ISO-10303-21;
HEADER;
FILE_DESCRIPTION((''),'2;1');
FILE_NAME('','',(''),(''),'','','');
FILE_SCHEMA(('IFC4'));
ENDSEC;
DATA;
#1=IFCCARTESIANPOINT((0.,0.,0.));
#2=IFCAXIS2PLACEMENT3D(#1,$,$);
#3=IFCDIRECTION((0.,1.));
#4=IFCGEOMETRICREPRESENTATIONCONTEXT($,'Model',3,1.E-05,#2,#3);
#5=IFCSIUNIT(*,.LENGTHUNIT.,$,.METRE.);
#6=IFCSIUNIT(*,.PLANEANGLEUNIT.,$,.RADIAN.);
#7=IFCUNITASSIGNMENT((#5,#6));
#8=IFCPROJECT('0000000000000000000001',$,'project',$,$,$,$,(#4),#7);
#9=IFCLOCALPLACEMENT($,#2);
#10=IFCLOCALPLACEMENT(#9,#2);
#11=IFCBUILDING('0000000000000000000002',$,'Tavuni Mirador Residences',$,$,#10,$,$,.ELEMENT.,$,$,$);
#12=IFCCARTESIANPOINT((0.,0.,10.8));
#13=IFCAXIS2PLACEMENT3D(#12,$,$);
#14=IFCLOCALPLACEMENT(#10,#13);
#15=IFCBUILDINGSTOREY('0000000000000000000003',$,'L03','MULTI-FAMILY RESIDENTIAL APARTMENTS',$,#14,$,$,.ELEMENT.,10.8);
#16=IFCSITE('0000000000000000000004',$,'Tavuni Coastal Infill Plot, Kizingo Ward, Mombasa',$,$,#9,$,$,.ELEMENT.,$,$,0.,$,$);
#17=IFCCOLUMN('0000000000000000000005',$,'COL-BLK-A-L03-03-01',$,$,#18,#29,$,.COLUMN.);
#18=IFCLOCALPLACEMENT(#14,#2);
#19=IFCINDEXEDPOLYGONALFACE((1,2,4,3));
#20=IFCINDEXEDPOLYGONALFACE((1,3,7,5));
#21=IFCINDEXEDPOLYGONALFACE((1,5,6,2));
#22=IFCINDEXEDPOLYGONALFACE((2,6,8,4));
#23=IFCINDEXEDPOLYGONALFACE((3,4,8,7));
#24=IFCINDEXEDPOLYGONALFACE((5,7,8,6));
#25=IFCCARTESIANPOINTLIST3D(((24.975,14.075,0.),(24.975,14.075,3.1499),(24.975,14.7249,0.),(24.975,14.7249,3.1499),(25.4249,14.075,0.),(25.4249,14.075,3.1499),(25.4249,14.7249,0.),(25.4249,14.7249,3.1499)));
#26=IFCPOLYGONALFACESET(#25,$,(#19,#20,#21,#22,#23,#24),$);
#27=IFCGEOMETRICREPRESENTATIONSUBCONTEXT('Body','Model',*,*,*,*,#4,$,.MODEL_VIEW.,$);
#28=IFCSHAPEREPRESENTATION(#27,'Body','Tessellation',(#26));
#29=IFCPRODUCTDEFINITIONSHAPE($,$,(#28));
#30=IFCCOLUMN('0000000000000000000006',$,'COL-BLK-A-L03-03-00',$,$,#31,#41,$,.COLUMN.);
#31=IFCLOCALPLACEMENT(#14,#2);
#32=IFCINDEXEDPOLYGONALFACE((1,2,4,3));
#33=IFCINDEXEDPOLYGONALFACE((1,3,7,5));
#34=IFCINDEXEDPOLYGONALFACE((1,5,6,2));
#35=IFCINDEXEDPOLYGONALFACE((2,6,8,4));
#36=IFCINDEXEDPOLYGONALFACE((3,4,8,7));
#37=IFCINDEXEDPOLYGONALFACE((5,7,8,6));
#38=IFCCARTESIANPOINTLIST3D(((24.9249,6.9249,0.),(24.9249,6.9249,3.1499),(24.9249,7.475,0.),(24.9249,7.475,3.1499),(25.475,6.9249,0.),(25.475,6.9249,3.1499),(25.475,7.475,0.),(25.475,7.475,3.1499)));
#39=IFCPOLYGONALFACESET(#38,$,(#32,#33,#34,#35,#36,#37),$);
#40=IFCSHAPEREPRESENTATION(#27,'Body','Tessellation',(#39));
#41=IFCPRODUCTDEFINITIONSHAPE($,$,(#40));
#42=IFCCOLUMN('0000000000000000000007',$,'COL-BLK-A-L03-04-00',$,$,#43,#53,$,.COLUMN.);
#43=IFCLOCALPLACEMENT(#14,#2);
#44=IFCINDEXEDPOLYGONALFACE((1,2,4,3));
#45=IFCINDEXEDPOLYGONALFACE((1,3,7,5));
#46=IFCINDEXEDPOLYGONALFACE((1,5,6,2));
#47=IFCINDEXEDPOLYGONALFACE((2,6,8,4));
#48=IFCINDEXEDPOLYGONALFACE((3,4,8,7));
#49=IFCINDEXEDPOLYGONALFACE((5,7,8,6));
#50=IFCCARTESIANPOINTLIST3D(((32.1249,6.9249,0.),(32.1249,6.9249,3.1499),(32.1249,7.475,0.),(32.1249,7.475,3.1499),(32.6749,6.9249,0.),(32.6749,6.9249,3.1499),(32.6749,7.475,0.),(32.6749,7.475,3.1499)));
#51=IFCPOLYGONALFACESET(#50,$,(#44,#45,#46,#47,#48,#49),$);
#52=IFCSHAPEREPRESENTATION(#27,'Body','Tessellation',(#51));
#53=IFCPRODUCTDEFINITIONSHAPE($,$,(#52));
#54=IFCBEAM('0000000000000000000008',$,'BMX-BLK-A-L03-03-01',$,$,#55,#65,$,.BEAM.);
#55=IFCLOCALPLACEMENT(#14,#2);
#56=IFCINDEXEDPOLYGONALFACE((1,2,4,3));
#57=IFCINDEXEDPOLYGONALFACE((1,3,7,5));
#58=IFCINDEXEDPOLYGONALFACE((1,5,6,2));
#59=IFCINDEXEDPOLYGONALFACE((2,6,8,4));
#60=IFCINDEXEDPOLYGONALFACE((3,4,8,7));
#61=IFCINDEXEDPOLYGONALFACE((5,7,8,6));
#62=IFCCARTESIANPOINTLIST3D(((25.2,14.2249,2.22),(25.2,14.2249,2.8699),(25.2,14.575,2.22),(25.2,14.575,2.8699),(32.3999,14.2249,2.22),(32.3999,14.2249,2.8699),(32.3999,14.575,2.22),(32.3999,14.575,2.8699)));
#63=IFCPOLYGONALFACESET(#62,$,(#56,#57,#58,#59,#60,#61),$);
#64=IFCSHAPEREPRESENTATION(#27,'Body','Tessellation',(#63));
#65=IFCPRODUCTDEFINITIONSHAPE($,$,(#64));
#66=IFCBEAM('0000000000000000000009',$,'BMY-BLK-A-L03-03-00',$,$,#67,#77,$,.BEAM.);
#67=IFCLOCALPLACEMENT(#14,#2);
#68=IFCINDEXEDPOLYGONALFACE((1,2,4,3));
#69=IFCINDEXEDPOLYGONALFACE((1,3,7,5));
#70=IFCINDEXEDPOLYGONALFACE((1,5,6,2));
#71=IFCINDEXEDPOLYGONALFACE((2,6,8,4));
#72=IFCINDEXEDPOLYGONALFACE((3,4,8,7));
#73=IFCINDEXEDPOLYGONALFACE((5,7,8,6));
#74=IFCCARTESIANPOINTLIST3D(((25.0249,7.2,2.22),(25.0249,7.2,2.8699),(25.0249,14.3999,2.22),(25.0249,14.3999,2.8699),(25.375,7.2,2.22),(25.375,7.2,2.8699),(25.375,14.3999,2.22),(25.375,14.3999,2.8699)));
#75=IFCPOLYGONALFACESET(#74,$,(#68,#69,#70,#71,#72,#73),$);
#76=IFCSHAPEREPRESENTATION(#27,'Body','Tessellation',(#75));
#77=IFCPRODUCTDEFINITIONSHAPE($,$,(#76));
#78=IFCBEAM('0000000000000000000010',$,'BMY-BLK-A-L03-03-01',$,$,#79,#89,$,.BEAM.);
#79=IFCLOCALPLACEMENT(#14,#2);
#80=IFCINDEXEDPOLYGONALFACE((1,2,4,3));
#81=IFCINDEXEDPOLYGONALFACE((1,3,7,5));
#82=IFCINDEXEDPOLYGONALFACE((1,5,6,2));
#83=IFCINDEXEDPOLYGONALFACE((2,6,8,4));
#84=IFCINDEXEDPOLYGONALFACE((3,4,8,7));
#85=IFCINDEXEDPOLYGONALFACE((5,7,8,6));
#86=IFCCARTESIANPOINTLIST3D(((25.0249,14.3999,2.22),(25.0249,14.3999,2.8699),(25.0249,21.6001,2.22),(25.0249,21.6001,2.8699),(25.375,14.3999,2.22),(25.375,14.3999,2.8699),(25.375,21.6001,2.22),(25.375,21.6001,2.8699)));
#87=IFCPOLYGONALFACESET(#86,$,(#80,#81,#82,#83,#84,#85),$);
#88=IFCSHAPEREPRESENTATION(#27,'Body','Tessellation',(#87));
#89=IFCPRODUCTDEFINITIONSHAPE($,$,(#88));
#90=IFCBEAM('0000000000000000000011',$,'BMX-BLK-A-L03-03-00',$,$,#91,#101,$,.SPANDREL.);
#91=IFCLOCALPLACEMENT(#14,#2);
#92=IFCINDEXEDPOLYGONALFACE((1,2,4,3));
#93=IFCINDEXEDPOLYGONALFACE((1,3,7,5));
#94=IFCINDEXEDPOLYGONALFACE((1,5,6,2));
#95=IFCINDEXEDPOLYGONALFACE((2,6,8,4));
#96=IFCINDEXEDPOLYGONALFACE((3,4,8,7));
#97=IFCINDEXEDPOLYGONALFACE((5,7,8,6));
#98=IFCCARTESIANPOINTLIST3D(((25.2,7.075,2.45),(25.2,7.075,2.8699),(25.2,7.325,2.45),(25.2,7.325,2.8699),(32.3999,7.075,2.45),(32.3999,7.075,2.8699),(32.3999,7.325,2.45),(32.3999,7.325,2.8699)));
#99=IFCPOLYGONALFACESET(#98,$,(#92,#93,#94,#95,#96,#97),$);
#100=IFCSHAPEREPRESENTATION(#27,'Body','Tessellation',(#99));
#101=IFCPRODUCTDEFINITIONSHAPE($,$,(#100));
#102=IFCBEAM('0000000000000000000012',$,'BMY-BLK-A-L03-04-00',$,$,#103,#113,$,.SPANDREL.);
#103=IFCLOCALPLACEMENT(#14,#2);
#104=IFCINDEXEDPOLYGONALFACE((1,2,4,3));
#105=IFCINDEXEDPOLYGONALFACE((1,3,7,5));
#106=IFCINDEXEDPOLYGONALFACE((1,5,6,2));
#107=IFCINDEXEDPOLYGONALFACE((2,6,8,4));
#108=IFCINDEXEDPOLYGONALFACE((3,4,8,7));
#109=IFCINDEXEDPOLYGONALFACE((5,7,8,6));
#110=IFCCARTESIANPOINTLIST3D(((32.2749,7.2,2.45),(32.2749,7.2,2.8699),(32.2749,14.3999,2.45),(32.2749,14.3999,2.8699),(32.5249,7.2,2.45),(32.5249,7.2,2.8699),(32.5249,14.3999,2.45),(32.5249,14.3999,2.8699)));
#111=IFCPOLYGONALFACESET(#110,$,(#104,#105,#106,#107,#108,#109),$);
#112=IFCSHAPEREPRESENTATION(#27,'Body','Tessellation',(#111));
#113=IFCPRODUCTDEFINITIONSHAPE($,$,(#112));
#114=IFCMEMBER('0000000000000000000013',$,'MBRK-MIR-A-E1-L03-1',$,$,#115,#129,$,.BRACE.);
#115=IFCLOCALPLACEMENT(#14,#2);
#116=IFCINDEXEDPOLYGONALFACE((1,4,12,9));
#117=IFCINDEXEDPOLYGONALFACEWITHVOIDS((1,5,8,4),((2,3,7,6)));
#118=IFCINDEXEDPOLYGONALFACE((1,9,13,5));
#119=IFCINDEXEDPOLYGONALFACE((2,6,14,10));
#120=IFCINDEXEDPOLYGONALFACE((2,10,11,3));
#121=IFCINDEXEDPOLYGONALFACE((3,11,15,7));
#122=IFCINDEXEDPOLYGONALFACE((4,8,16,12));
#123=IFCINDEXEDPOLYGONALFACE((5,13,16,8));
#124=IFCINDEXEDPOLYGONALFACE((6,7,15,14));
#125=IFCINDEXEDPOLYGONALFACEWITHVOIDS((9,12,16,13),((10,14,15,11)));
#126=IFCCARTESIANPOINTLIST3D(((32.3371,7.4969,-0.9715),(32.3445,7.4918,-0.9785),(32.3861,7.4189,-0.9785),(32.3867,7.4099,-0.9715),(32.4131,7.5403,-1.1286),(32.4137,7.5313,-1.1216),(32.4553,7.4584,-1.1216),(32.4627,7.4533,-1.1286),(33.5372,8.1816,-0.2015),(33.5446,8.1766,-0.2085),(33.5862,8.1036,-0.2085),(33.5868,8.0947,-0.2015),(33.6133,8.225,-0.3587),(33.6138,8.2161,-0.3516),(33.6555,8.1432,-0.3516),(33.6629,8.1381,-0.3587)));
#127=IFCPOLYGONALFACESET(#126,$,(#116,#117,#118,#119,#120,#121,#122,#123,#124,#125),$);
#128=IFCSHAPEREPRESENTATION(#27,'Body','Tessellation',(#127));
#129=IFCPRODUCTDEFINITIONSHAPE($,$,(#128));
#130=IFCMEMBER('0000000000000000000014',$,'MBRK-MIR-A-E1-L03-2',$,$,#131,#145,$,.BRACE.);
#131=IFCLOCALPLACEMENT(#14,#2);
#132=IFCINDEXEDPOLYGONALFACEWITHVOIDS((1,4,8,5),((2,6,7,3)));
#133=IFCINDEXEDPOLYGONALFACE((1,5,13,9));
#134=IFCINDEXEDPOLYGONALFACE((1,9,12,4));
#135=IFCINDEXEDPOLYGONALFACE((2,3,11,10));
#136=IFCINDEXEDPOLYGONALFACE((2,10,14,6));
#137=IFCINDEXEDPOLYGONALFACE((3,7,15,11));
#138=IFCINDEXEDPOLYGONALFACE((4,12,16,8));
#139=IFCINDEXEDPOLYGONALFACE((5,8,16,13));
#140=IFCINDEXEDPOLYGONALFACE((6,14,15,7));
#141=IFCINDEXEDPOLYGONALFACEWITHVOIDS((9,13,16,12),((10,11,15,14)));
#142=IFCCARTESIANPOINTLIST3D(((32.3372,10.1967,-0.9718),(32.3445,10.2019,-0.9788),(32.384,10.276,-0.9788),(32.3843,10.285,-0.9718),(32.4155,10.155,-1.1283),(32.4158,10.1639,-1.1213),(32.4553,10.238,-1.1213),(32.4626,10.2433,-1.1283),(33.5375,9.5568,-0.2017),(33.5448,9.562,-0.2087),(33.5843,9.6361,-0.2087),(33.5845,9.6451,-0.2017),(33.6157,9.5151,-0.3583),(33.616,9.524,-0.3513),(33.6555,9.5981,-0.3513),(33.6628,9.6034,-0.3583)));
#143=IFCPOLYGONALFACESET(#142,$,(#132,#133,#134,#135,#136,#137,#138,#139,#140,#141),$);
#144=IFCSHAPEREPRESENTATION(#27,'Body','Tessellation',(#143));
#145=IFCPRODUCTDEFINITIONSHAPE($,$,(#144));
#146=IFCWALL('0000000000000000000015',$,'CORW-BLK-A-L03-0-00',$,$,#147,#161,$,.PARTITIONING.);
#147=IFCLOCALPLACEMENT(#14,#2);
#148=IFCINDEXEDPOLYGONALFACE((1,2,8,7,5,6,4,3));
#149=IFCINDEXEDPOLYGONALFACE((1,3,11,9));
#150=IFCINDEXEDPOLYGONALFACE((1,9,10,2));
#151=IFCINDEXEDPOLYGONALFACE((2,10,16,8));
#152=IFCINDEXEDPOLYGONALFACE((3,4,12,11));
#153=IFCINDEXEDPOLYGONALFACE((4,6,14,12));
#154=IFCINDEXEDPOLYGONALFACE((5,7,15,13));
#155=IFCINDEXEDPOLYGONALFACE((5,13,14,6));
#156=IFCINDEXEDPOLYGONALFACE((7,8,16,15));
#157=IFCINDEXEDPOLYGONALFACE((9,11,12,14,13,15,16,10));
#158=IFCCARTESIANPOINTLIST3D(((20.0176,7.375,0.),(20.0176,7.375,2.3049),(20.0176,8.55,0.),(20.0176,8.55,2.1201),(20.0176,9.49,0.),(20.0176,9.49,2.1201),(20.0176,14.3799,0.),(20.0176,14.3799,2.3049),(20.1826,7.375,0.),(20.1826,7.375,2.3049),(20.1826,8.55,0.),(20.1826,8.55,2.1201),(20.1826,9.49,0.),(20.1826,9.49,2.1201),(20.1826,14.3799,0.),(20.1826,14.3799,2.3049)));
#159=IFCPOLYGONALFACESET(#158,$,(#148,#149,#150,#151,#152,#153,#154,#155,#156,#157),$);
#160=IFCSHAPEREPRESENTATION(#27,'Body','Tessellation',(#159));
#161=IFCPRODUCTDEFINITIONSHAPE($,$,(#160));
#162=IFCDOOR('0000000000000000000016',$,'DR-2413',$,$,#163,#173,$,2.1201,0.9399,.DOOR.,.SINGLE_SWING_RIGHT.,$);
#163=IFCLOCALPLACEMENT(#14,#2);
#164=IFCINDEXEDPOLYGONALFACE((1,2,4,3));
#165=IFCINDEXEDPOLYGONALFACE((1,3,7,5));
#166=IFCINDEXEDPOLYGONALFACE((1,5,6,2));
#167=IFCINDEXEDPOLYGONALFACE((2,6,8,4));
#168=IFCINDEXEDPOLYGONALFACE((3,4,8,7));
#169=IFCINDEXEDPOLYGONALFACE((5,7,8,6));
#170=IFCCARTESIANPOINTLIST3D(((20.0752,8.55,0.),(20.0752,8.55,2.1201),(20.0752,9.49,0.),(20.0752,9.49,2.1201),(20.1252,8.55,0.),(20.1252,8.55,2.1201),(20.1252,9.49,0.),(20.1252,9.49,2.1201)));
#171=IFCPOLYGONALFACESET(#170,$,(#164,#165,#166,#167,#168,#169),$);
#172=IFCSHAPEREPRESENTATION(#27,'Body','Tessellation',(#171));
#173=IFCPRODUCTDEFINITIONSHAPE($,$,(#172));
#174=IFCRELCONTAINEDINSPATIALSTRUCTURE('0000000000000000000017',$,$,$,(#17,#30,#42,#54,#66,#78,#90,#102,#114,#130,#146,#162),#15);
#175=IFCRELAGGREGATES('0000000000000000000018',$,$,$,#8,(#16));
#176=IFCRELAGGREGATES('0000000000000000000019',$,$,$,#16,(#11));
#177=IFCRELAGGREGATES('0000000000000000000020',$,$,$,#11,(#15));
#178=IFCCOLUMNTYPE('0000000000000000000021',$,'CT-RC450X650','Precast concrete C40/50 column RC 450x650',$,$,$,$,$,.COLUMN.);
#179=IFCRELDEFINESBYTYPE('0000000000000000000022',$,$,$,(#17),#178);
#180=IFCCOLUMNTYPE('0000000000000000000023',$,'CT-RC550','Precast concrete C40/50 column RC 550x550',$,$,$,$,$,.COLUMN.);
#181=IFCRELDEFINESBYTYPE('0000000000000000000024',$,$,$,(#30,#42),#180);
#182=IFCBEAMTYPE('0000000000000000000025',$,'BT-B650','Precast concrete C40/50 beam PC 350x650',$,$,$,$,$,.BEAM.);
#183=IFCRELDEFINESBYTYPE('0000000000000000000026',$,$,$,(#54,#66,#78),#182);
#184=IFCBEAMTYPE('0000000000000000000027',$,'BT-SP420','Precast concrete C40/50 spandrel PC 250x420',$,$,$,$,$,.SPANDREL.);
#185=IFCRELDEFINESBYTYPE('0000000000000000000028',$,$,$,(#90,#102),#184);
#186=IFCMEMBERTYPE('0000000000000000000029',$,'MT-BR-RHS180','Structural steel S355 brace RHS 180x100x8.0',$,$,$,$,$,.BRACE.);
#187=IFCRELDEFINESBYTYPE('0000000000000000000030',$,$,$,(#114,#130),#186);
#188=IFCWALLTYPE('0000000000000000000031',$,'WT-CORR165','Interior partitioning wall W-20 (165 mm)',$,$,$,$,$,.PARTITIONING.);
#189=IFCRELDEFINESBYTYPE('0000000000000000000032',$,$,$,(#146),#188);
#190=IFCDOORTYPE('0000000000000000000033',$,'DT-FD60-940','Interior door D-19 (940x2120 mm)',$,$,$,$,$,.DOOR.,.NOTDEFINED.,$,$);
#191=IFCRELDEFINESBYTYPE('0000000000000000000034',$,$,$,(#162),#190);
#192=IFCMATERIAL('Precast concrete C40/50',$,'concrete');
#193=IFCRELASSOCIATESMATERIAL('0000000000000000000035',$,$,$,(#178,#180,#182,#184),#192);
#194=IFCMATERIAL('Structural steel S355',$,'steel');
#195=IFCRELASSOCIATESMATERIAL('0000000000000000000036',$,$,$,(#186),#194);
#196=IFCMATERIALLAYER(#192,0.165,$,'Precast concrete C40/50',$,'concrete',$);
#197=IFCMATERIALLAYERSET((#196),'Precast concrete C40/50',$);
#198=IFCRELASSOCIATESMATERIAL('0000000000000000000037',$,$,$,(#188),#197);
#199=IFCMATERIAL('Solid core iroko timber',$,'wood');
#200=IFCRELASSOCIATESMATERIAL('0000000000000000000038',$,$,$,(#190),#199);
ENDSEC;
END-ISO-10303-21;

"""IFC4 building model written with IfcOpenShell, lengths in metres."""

from ifc_helpers import new_model, si_unit, direction, frame, frame_2d, origin, origin_2d, place, context, subcontext, project, spatial, rectangle, hollow_rectangle, extrude, material, layer, layer_set, material_profile, profile_set, type_object, element, fill, save


model = new_model("IFC4")

# Units and contexts
model_context = context("Model", 3, precision=1e-05, world=origin(), true_north=direction((0.0, 1.0)))
body_context = subcontext(model_context, "Body", "Model", "MODEL_VIEW")
ifc_project = project(units=[si_unit("LENGTHUNIT", "METRE"), si_unit("PLANEANGLEUNIT", "RADIAN")], contexts=[model_context])

# Site, building, storey
site_placement = place(None, origin())
site = spatial("IfcSite", under=ifc_project, at=site_placement, Name="Tavuni Coastal Infill Plot, Kizingo Ward, Mombasa", CompositionType="ELEMENT", RefElevation=0.0)
building_placement = place(site_placement, origin())
building = spatial("IfcBuilding", under=site, at=building_placement, Name="Tavuni Mirador Residences", CompositionType="ELEMENT")
storey_placement = place(building_placement, frame((0.0, 0.0, 10.8)))
storey = spatial("IfcBuildingStorey", under=building, at=storey_placement, Name="L03", Description="MULTI-FAMILY RESIDENTIAL APARTMENTS", CompositionType="ELEMENT", Elevation=10.8)

# Columns
ifc_material_1 = material(Name="Precast concrete C40/50", Category="concrete")
ifc_material_profile_1 = material_profile(ifc_material_1, rectangle(XDim=0.45, YDim=0.6499, at=origin_2d()), Name="RC 450x650", Category="concrete")
ifc_profile_set_1 = profile_set([ifc_material_profile_1], Name="Precast concrete C40/50")
column_type_1 = type_object("IfcColumnType", Name="CT-RC450X650", Description="Precast concrete C40/50 column RC 450x650", PredefinedType="COLUMN", material=ifc_profile_set_1)
column_placement = place(storey_placement, frame((25.2, 14.3999, 0.0), z_axis=(0.0, 0.0, 1.0), x_axis=(1.0, 0.0, 0.0)))
element("IfcColumn", 1, at=column_placement, inside=storey, type_object=column_type_1, Name="COL-BLK-A-L03-03-01", PredefinedType="COLUMN", context=body_context, shape_type="SweptSolid", body=[
    extrude(rectangle(XDim=0.45, YDim=0.6499, at=origin_2d()), origin(), (0.0, 0.0, 1.0), 3.1499),
])
ifc_material_profile_2 = material_profile(ifc_material_1, rectangle(XDim=0.55, YDim=0.55, at=origin_2d()), Name="RC 550x550", Category="concrete")
ifc_profile_set_2 = profile_set([ifc_material_profile_2], Name="Precast concrete C40/50")
column_type_2 = type_object("IfcColumnType", Name="CT-RC550", Description="Precast concrete C40/50 column RC 550x550", PredefinedType="COLUMN", material=ifc_profile_set_2)
for number, where, z_axis, x_axis, name in (
    (2, (25.2, 7.2, 0.0), (0.0, 0.0, 1.0), (1.0, 0.0, 0.0), "COL-BLK-A-L03-03-00"),
    (3, (32.3999, 7.2, 0.0), (0.0, 0.0, 1.0), (1.0, 0.0, 0.0), "COL-BLK-A-L03-04-00"),
):
    element("IfcColumn", number, at=place(storey_placement, frame(where, z_axis=z_axis, x_axis=x_axis)), inside=storey, type_object=column_type_2, Name=name, PredefinedType="COLUMN", context=body_context, shape_type="SweptSolid", body=[
        extrude(rectangle(XDim=0.55, YDim=0.55, at=origin_2d()), origin(), (0.0, 0.0, 1.0), 3.1499),
    ])

# Beams
ifc_material_profile_3 = material_profile(ifc_material_1, rectangle(XDim=0.3501, YDim=0.6499, at=origin_2d()), Name="PC 350x650", Category="concrete")
ifc_profile_set_3 = profile_set([ifc_material_profile_3], Name="Precast concrete C40/50")
beam_type_1 = type_object("IfcBeamType", Name="BT-B650", Description="Precast concrete C40/50 beam PC 350x650", PredefinedType="BEAM", material=ifc_profile_set_3)
for number, where, z_axis, x_axis, name in (
    (4, (25.2, 14.3999, 2.5449), (1.0, 0.0, 0.0), (0.0, 1.0, 0.0), "BMX-BLK-A-L03-03-01"),
    (5, (25.2, 7.2, 2.5449), (0.0, 1.0, 0.0), (-1.0, 0.0, 0.0), "BMY-BLK-A-L03-03-00"),
):
    element("IfcBeam", number, at=place(storey_placement, frame(where, z_axis=z_axis, x_axis=x_axis)), inside=storey, type_object=beam_type_1, Name=name, PredefinedType="BEAM", context=body_context, shape_type="SweptSolid", body=[
        extrude(rectangle(XDim=0.3501, YDim=0.6499, at=origin_2d()), origin(), (0.0, 0.0, 1.0), 7.2),
    ])
beam_placement = place(storey_placement, frame((25.2, 14.3999, 2.5449), z_axis=(0.0, 1.0, 0.0), x_axis=(-1.0, 0.0, 0.0)))
element("IfcBeam", 6, at=beam_placement, inside=storey, type_object=beam_type_1, Name="BMY-BLK-A-L03-03-01", PredefinedType="BEAM", context=body_context, shape_type="SweptSolid", body=[
    extrude(rectangle(XDim=0.3501, YDim=0.6499, at=origin_2d()), origin(), (0.0, 0.0, 1.0), 7.2002),
])
ifc_material_profile_4 = material_profile(ifc_material_1, rectangle(XDim=0.25, YDim=0.4199, at=origin_2d()), Name="PC 250x420", Category="concrete")
ifc_profile_set_4 = profile_set([ifc_material_profile_4], Name="Precast concrete C40/50")
beam_type_2 = type_object("IfcBeamType", Name="BT-SP420", Description="Precast concrete C40/50 spandrel PC 250x420", PredefinedType="SPANDREL", material=ifc_profile_set_4)
for number, where, z_axis, x_axis, name in (
    (7, (25.2, 7.2, 2.6599), (1.0, 0.0, 0.0), (0.0, 1.0, 0.0), "BMX-BLK-A-L03-03-00"),
    (8, (32.3999, 7.2, 2.6599), (0.0, 1.0, 0.0), (-1.0, 0.0, 0.0), "BMY-BLK-A-L03-04-00"),
):
    element("IfcBeam", number, at=place(storey_placement, frame(where, z_axis=z_axis, x_axis=x_axis)), inside=storey, type_object=beam_type_2, Name=name, PredefinedType="SPANDREL", context=body_context, shape_type="SweptSolid", body=[
        extrude(rectangle(XDim=0.25, YDim=0.4199, at=origin_2d()), origin(), (0.0, 0.0, 1.0), 7.2),
    ])

# Members
ifc_material_2 = material(Name="Structural steel S355", Category="steel")
ifc_material_profile_5 = material_profile(ifc_material_2, hollow_rectangle(XDim=0.1001, YDim=0.1799, WallThickness=0.0081, at=origin_2d()), Name="RHS 180x100x8.0", Category="steel")
ifc_profile_set_5 = profile_set([ifc_material_profile_5], Name="Structural steel S355")
member_type = type_object("IfcMemberType", Name="MT-BR-RHS180", Description="Structural steel S355 brace RHS 180x100x8.0", PredefinedType="BRACE", material=ifc_profile_set_5)
member_1_placement = place(storey_placement, frame((32.3999, 7.4751, -1.05), z_axis=(0.758711, 0.43291, 0.486772), x_axis=(-0.495587, 0.868558, 0.0)))
element("IfcMember", 9, at=member_1_placement, inside=storey, type_object=member_type, Name="MBRK-MIR-A-E1-L03-1", PredefinedType="BRACE", context=body_context, shape_type="SweptSolid", body=[
    extrude(hollow_rectangle(XDim=0.1001, YDim=0.1799, WallThickness=0.0081, at=origin_2d()), origin(), (0.0, 0.0, 1.0), 1.5818),
])
member_2_placement = place(storey_placement, frame((32.3999, 10.22, -1.05), z_axis=(0.767896, -0.409409, 0.492666), x_axis=(0.470467, 0.882418, 0.0)))
element("IfcMember", 10, at=member_2_placement, inside=storey, type_object=member_type, Name="MBRK-MIR-A-E1-L03-2", PredefinedType="BRACE", context=body_context, shape_type="SweptSolid", body=[
    extrude(hollow_rectangle(XDim=0.1001, YDim=0.1799, WallThickness=0.0081, at=origin_2d()), origin(), (0.0, 0.0, 1.0), 1.563),
])

# Wall, opening, door
ifc_layer_1 = layer(ifc_material_1, 0.165, Name="Precast concrete C40/50", Category="concrete")
ifc_layer_set_1 = layer_set([ifc_layer_1], Name="Precast concrete C40/50")
wall_type_1 = type_object("IfcWallType", Name="WT-CORR165", Description="Interior partitioning wall W-20 (165 mm)", PredefinedType="PARTITIONING", material=ifc_layer_set_1)
wall_1_placement = place(storey_placement, frame((20.1001, 7.375, 0.0), z_axis=(0.0, 0.0, 1.0), x_axis=(0.0, 1.0, 0.0)))
wall_1 = element("IfcWall", 11, at=wall_1_placement, inside=storey, type_object=wall_type_1, Name="CORW-BLK-A-L03-0-00", PredefinedType="PARTITIONING", context=body_context, shape_type="SweptSolid", body=[
    extrude(rectangle(XDim=7.0049, YDim=0.165, at=frame_2d((3.5024, 0.0))), origin(), (0.0, 0.0, 1.0), 2.3049),
])
opening_1_placement = place(wall_1_placement, frame((1.175, 0.0, 0.0)))
opening_1 = element("IfcOpeningElement", 12, at=opening_1_placement, cuts=wall_1, PredefinedType="OPENING", context=body_context, shape_type="SweptSolid", body=[
    extrude(rectangle(XDim=0.9399, YDim=2.1201, at=frame_2d((0.47, 1.0601))), frame((0.0, 0.0925, 0.0), z_axis=(0.0, -1.0, 0.0), x_axis=(1.0, 0.0, 0.0)), (0.0, 0.0, 1.0), 0.1851),
])
ifc_material_3 = material(Name="Solid core iroko timber", Category="wood")
door_type_1 = type_object("IfcDoorType", Name="DT-FD60-940", Description="Interior door D-19 (940x2120 mm)", OperationType="NOTDEFINED", PredefinedType="DOOR", material=ifc_material_3)
door_1_placement = place(opening_1_placement, origin())
door_1 = element("IfcDoor", 13, at=door_1_placement, inside=storey, type_object=door_type_1, Name="DR-2413", OperationType="SINGLE_SWING_RIGHT", OverallHeight=2.1201, OverallWidth=0.9399, PredefinedType="DOOR", context=body_context, shape_type="SweptSolid", body=[
    extrude(rectangle(XDim=0.9399, YDim=2.1201, at=frame_2d((0.47, 1.0601))), frame((0.0, 0.0249, 0.0), z_axis=(0.0, -1.0, 0.0), x_axis=(1.0, 0.0, 0.0)), (0.0, 0.0, 1.0), 0.05),
])
fill(opening_1, door_1)

save(model, "model.ifc")
